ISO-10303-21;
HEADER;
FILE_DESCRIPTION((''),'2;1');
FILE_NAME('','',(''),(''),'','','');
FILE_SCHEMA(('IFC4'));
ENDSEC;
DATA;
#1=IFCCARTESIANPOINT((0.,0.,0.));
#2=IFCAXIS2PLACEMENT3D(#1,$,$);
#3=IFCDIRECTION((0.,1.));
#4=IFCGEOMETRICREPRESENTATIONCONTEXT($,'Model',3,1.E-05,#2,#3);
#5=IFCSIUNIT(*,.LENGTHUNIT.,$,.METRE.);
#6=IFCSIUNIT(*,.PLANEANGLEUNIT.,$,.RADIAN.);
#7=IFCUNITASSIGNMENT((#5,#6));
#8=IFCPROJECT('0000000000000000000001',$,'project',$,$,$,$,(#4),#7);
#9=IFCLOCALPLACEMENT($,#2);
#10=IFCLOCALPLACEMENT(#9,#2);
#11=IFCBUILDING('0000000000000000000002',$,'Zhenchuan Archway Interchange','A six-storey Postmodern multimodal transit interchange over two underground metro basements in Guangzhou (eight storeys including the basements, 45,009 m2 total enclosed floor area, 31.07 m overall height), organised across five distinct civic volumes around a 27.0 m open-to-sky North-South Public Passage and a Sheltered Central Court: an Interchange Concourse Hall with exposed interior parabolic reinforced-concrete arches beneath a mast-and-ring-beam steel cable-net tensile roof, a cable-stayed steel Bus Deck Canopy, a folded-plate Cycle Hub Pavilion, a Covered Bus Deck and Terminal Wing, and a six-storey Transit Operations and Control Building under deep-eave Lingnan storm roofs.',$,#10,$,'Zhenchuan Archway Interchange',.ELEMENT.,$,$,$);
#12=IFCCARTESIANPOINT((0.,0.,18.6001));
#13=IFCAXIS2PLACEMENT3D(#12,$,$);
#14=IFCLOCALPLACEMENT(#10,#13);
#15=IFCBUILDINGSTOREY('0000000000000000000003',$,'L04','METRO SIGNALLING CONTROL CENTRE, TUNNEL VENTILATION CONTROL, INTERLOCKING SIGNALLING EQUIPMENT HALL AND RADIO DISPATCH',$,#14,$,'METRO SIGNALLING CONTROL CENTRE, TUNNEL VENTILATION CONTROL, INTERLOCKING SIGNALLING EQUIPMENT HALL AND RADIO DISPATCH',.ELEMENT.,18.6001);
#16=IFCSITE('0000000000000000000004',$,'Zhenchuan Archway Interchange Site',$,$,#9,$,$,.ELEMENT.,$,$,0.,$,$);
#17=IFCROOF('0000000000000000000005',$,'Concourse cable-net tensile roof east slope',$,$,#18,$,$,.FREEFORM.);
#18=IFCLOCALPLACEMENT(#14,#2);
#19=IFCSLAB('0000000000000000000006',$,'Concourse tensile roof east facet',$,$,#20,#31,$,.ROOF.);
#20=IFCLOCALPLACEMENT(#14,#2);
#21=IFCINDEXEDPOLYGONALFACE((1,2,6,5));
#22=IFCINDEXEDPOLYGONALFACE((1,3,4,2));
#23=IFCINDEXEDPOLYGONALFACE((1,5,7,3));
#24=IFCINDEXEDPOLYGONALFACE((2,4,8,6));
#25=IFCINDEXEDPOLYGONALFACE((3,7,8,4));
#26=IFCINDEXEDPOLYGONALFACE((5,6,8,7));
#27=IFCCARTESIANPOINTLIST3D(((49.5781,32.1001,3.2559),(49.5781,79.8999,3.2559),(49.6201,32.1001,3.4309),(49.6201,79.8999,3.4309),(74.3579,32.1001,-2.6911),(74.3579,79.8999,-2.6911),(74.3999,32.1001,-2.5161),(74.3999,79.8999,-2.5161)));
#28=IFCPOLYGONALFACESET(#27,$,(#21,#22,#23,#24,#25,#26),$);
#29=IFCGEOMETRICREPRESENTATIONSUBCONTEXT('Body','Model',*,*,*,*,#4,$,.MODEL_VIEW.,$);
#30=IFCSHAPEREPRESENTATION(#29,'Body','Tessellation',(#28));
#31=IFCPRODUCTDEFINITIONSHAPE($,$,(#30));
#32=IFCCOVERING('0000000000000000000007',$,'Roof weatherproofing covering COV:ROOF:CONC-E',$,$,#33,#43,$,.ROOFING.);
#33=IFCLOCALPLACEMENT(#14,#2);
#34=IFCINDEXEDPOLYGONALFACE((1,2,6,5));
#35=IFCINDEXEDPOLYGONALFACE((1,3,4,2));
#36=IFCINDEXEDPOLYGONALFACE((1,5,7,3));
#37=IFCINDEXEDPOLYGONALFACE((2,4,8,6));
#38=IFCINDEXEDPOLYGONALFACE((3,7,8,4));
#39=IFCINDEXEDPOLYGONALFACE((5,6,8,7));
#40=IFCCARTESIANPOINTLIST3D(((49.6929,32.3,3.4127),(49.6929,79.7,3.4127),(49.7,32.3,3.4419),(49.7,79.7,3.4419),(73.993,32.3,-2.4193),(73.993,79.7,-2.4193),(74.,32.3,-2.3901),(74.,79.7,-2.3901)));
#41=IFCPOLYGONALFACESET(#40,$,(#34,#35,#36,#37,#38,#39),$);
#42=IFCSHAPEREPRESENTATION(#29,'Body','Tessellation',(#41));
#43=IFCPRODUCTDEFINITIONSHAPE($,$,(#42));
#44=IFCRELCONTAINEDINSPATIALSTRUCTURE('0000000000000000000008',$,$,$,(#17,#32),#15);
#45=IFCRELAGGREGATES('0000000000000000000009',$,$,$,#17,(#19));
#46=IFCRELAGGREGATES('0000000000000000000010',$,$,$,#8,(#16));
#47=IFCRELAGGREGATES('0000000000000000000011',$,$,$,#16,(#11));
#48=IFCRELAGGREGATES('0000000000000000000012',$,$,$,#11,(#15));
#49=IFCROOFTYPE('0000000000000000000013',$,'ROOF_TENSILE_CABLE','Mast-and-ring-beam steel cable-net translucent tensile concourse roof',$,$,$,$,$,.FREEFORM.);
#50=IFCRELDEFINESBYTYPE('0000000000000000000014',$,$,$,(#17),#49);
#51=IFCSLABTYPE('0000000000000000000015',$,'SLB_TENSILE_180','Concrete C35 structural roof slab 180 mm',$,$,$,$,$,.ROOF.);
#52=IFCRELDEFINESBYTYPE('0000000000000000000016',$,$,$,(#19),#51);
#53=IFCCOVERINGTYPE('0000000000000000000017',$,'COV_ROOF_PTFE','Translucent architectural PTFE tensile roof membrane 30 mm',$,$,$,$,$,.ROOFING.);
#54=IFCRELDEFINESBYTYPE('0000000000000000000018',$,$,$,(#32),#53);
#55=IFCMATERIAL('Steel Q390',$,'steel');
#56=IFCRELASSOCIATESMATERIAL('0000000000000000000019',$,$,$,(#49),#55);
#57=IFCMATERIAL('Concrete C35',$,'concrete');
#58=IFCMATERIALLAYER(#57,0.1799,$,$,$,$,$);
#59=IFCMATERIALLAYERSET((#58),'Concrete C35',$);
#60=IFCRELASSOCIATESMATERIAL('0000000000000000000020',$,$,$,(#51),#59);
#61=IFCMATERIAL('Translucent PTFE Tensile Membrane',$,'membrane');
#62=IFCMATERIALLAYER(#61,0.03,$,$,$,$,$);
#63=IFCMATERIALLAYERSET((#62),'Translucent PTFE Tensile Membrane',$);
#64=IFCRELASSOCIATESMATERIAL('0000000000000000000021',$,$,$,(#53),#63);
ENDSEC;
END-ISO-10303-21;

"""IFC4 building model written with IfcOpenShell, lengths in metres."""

from ifc_helpers import new_model, si_unit, direction, frame, origin, place, context, subcontext, project, spatial, polyline, outline, extrude, material, layer, layer_set, type_object, element, aggregate, save


model = new_model("IFC4")

# Units and contexts
model_context = context("Model", 3, precision=1e-05, world=origin(), true_north=direction((0.0, 1.0)))
body_context = subcontext(model_context, "Body", "Model", "MODEL_VIEW")
ifc_project = project(units=[si_unit("LENGTHUNIT", "METRE"), si_unit("PLANEANGLEUNIT", "RADIAN")], contexts=[model_context])

# Site, building, storey
site_placement = place(None, origin())
site = spatial("IfcSite", under=ifc_project, at=site_placement, Name="Zhenchuan Archway Interchange Site", CompositionType="ELEMENT", RefElevation=0.0)
building_placement = place(site_placement, origin())
building = spatial("IfcBuilding", under=site, at=building_placement, Name="Zhenchuan Archway Interchange", Description="A six-storey Postmodern multimodal transit interchange over two underground metro basements in Guangzhou (eight storeys including the basements, 45,009 m2 total enclosed floor area, 31.07 m overall height), organised across five distinct civic volumes around a 27.0 m open-to-sky North-South Public Passage and a Sheltered Central Court: an Interchange Concourse Hall with exposed interior parabolic reinforced-concrete arches beneath a mast-and-ring-beam steel cable-net tensile roof, a cable-stayed steel Bus Deck Canopy, a folded-plate Cycle Hub Pavilion, a Covered Bus Deck and Terminal Wing, and a six-storey Transit Operations and Control Building under deep-eave Lingnan storm roofs.", LongName="Zhenchuan Archway Interchange", CompositionType="ELEMENT")
storey_placement = place(building_placement, frame((0.0, 0.0, 18.6001)))
storey = spatial("IfcBuildingStorey", under=building, at=storey_placement, Name="L04", Description="METRO SIGNALLING CONTROL CENTRE, TUNNEL VENTILATION CONTROL, INTERLOCKING SIGNALLING EQUIPMENT HALL AND RADIO DISPATCH", LongName="METRO SIGNALLING CONTROL CENTRE, TUNNEL VENTILATION CONTROL, INTERLOCKING SIGNALLING EQUIPMENT HALL AND RADIO DISPATCH", CompositionType="ELEMENT", Elevation=18.6001)

# Shared definitions
ifc_material_1 = material(Name="Steel Q390", Category="steel")

# Shared definitions
ifc_material_2 = material(Name="Concrete C35", Category="concrete")

# Roof, slab
roof_type_1 = type_object("IfcRoofType", Name="ROOF_TENSILE_CABLE", Description="Mast-and-ring-beam steel cable-net translucent tensile concourse roof", PredefinedType="FREEFORM", material=ifc_material_1)
roof_1_placement = place(storey_placement, origin())
roof_1 = element("IfcRoof", 1, at=roof_1_placement, inside=storey, type_object=roof_type_1, Name="Concourse cable-net tensile roof east slope", PredefinedType="FREEFORM")
ifc_layer_1 = layer(ifc_material_2, 0.1799)
ifc_layer_set_1 = layer_set([ifc_layer_1], Name="Concrete C35")
slab_type_1 = type_object("IfcSlabType", Name="SLB_TENSILE_180", Description="Concrete C35 structural roof slab 180 mm", PredefinedType="ROOF", material=ifc_layer_set_1)
slab_1_placement = place(storey_placement, frame((49.6201, 32.1001, 3.4309), z_axis=(0.233368, 0.0, 0.972388), x_axis=(0.972388, 0.0, -0.233368)))
slab_1 = element("IfcSlab", 2, at=slab_1_placement, type_object=slab_type_1, Name="Concourse tensile roof east facet", PredefinedType="ROOF", context=body_context, shape_type="SweptSolid", body=[
    extrude(outline(polyline([(0.0, 0.0), (25.4834, 0.0), (25.4834, 47.7998), (0.0, 47.7998), (0.0, 0.0)])), origin(), (0.0, 0.0, -1.0), 0.1799),
])
aggregate(roof_1, [slab_1])

# Covering
ifc_material_3 = material(Name="Translucent PTFE Tensile Membrane", Category="membrane")
ifc_layer_2 = layer(ifc_material_3, 0.03)
ifc_layer_set_2 = layer_set([ifc_layer_2], Name="Translucent PTFE Tensile Membrane")
covering_type = type_object("IfcCoveringType", Name="COV_ROOF_PTFE", Description="Translucent architectural PTFE tensile roof membrane 30 mm", PredefinedType="ROOFING", material=ifc_layer_set_2)
covering_placement = place(storey_placement, frame((49.7, 32.3, 3.4419), z_axis=(0.233374, 0.0, 0.972387), x_axis=(0.972387, 0.0, -0.233374)))
element("IfcCovering", 3, at=covering_placement, inside=storey, type_object=covering_type, Name="Roof weatherproofing covering COV:ROOF:CONC-E", PredefinedType="ROOFING", context=body_context, shape_type="SweptSolid", body=[
    extrude(outline(polyline([(0.0, 0.0), (24.9901, 0.0), (24.9901, 47.3999), (0.0, 47.3999), (0.0, 0.0)])), origin(), (0.0, 0.0, -1.0), 0.03),
])

save(model, "model.ifc")
